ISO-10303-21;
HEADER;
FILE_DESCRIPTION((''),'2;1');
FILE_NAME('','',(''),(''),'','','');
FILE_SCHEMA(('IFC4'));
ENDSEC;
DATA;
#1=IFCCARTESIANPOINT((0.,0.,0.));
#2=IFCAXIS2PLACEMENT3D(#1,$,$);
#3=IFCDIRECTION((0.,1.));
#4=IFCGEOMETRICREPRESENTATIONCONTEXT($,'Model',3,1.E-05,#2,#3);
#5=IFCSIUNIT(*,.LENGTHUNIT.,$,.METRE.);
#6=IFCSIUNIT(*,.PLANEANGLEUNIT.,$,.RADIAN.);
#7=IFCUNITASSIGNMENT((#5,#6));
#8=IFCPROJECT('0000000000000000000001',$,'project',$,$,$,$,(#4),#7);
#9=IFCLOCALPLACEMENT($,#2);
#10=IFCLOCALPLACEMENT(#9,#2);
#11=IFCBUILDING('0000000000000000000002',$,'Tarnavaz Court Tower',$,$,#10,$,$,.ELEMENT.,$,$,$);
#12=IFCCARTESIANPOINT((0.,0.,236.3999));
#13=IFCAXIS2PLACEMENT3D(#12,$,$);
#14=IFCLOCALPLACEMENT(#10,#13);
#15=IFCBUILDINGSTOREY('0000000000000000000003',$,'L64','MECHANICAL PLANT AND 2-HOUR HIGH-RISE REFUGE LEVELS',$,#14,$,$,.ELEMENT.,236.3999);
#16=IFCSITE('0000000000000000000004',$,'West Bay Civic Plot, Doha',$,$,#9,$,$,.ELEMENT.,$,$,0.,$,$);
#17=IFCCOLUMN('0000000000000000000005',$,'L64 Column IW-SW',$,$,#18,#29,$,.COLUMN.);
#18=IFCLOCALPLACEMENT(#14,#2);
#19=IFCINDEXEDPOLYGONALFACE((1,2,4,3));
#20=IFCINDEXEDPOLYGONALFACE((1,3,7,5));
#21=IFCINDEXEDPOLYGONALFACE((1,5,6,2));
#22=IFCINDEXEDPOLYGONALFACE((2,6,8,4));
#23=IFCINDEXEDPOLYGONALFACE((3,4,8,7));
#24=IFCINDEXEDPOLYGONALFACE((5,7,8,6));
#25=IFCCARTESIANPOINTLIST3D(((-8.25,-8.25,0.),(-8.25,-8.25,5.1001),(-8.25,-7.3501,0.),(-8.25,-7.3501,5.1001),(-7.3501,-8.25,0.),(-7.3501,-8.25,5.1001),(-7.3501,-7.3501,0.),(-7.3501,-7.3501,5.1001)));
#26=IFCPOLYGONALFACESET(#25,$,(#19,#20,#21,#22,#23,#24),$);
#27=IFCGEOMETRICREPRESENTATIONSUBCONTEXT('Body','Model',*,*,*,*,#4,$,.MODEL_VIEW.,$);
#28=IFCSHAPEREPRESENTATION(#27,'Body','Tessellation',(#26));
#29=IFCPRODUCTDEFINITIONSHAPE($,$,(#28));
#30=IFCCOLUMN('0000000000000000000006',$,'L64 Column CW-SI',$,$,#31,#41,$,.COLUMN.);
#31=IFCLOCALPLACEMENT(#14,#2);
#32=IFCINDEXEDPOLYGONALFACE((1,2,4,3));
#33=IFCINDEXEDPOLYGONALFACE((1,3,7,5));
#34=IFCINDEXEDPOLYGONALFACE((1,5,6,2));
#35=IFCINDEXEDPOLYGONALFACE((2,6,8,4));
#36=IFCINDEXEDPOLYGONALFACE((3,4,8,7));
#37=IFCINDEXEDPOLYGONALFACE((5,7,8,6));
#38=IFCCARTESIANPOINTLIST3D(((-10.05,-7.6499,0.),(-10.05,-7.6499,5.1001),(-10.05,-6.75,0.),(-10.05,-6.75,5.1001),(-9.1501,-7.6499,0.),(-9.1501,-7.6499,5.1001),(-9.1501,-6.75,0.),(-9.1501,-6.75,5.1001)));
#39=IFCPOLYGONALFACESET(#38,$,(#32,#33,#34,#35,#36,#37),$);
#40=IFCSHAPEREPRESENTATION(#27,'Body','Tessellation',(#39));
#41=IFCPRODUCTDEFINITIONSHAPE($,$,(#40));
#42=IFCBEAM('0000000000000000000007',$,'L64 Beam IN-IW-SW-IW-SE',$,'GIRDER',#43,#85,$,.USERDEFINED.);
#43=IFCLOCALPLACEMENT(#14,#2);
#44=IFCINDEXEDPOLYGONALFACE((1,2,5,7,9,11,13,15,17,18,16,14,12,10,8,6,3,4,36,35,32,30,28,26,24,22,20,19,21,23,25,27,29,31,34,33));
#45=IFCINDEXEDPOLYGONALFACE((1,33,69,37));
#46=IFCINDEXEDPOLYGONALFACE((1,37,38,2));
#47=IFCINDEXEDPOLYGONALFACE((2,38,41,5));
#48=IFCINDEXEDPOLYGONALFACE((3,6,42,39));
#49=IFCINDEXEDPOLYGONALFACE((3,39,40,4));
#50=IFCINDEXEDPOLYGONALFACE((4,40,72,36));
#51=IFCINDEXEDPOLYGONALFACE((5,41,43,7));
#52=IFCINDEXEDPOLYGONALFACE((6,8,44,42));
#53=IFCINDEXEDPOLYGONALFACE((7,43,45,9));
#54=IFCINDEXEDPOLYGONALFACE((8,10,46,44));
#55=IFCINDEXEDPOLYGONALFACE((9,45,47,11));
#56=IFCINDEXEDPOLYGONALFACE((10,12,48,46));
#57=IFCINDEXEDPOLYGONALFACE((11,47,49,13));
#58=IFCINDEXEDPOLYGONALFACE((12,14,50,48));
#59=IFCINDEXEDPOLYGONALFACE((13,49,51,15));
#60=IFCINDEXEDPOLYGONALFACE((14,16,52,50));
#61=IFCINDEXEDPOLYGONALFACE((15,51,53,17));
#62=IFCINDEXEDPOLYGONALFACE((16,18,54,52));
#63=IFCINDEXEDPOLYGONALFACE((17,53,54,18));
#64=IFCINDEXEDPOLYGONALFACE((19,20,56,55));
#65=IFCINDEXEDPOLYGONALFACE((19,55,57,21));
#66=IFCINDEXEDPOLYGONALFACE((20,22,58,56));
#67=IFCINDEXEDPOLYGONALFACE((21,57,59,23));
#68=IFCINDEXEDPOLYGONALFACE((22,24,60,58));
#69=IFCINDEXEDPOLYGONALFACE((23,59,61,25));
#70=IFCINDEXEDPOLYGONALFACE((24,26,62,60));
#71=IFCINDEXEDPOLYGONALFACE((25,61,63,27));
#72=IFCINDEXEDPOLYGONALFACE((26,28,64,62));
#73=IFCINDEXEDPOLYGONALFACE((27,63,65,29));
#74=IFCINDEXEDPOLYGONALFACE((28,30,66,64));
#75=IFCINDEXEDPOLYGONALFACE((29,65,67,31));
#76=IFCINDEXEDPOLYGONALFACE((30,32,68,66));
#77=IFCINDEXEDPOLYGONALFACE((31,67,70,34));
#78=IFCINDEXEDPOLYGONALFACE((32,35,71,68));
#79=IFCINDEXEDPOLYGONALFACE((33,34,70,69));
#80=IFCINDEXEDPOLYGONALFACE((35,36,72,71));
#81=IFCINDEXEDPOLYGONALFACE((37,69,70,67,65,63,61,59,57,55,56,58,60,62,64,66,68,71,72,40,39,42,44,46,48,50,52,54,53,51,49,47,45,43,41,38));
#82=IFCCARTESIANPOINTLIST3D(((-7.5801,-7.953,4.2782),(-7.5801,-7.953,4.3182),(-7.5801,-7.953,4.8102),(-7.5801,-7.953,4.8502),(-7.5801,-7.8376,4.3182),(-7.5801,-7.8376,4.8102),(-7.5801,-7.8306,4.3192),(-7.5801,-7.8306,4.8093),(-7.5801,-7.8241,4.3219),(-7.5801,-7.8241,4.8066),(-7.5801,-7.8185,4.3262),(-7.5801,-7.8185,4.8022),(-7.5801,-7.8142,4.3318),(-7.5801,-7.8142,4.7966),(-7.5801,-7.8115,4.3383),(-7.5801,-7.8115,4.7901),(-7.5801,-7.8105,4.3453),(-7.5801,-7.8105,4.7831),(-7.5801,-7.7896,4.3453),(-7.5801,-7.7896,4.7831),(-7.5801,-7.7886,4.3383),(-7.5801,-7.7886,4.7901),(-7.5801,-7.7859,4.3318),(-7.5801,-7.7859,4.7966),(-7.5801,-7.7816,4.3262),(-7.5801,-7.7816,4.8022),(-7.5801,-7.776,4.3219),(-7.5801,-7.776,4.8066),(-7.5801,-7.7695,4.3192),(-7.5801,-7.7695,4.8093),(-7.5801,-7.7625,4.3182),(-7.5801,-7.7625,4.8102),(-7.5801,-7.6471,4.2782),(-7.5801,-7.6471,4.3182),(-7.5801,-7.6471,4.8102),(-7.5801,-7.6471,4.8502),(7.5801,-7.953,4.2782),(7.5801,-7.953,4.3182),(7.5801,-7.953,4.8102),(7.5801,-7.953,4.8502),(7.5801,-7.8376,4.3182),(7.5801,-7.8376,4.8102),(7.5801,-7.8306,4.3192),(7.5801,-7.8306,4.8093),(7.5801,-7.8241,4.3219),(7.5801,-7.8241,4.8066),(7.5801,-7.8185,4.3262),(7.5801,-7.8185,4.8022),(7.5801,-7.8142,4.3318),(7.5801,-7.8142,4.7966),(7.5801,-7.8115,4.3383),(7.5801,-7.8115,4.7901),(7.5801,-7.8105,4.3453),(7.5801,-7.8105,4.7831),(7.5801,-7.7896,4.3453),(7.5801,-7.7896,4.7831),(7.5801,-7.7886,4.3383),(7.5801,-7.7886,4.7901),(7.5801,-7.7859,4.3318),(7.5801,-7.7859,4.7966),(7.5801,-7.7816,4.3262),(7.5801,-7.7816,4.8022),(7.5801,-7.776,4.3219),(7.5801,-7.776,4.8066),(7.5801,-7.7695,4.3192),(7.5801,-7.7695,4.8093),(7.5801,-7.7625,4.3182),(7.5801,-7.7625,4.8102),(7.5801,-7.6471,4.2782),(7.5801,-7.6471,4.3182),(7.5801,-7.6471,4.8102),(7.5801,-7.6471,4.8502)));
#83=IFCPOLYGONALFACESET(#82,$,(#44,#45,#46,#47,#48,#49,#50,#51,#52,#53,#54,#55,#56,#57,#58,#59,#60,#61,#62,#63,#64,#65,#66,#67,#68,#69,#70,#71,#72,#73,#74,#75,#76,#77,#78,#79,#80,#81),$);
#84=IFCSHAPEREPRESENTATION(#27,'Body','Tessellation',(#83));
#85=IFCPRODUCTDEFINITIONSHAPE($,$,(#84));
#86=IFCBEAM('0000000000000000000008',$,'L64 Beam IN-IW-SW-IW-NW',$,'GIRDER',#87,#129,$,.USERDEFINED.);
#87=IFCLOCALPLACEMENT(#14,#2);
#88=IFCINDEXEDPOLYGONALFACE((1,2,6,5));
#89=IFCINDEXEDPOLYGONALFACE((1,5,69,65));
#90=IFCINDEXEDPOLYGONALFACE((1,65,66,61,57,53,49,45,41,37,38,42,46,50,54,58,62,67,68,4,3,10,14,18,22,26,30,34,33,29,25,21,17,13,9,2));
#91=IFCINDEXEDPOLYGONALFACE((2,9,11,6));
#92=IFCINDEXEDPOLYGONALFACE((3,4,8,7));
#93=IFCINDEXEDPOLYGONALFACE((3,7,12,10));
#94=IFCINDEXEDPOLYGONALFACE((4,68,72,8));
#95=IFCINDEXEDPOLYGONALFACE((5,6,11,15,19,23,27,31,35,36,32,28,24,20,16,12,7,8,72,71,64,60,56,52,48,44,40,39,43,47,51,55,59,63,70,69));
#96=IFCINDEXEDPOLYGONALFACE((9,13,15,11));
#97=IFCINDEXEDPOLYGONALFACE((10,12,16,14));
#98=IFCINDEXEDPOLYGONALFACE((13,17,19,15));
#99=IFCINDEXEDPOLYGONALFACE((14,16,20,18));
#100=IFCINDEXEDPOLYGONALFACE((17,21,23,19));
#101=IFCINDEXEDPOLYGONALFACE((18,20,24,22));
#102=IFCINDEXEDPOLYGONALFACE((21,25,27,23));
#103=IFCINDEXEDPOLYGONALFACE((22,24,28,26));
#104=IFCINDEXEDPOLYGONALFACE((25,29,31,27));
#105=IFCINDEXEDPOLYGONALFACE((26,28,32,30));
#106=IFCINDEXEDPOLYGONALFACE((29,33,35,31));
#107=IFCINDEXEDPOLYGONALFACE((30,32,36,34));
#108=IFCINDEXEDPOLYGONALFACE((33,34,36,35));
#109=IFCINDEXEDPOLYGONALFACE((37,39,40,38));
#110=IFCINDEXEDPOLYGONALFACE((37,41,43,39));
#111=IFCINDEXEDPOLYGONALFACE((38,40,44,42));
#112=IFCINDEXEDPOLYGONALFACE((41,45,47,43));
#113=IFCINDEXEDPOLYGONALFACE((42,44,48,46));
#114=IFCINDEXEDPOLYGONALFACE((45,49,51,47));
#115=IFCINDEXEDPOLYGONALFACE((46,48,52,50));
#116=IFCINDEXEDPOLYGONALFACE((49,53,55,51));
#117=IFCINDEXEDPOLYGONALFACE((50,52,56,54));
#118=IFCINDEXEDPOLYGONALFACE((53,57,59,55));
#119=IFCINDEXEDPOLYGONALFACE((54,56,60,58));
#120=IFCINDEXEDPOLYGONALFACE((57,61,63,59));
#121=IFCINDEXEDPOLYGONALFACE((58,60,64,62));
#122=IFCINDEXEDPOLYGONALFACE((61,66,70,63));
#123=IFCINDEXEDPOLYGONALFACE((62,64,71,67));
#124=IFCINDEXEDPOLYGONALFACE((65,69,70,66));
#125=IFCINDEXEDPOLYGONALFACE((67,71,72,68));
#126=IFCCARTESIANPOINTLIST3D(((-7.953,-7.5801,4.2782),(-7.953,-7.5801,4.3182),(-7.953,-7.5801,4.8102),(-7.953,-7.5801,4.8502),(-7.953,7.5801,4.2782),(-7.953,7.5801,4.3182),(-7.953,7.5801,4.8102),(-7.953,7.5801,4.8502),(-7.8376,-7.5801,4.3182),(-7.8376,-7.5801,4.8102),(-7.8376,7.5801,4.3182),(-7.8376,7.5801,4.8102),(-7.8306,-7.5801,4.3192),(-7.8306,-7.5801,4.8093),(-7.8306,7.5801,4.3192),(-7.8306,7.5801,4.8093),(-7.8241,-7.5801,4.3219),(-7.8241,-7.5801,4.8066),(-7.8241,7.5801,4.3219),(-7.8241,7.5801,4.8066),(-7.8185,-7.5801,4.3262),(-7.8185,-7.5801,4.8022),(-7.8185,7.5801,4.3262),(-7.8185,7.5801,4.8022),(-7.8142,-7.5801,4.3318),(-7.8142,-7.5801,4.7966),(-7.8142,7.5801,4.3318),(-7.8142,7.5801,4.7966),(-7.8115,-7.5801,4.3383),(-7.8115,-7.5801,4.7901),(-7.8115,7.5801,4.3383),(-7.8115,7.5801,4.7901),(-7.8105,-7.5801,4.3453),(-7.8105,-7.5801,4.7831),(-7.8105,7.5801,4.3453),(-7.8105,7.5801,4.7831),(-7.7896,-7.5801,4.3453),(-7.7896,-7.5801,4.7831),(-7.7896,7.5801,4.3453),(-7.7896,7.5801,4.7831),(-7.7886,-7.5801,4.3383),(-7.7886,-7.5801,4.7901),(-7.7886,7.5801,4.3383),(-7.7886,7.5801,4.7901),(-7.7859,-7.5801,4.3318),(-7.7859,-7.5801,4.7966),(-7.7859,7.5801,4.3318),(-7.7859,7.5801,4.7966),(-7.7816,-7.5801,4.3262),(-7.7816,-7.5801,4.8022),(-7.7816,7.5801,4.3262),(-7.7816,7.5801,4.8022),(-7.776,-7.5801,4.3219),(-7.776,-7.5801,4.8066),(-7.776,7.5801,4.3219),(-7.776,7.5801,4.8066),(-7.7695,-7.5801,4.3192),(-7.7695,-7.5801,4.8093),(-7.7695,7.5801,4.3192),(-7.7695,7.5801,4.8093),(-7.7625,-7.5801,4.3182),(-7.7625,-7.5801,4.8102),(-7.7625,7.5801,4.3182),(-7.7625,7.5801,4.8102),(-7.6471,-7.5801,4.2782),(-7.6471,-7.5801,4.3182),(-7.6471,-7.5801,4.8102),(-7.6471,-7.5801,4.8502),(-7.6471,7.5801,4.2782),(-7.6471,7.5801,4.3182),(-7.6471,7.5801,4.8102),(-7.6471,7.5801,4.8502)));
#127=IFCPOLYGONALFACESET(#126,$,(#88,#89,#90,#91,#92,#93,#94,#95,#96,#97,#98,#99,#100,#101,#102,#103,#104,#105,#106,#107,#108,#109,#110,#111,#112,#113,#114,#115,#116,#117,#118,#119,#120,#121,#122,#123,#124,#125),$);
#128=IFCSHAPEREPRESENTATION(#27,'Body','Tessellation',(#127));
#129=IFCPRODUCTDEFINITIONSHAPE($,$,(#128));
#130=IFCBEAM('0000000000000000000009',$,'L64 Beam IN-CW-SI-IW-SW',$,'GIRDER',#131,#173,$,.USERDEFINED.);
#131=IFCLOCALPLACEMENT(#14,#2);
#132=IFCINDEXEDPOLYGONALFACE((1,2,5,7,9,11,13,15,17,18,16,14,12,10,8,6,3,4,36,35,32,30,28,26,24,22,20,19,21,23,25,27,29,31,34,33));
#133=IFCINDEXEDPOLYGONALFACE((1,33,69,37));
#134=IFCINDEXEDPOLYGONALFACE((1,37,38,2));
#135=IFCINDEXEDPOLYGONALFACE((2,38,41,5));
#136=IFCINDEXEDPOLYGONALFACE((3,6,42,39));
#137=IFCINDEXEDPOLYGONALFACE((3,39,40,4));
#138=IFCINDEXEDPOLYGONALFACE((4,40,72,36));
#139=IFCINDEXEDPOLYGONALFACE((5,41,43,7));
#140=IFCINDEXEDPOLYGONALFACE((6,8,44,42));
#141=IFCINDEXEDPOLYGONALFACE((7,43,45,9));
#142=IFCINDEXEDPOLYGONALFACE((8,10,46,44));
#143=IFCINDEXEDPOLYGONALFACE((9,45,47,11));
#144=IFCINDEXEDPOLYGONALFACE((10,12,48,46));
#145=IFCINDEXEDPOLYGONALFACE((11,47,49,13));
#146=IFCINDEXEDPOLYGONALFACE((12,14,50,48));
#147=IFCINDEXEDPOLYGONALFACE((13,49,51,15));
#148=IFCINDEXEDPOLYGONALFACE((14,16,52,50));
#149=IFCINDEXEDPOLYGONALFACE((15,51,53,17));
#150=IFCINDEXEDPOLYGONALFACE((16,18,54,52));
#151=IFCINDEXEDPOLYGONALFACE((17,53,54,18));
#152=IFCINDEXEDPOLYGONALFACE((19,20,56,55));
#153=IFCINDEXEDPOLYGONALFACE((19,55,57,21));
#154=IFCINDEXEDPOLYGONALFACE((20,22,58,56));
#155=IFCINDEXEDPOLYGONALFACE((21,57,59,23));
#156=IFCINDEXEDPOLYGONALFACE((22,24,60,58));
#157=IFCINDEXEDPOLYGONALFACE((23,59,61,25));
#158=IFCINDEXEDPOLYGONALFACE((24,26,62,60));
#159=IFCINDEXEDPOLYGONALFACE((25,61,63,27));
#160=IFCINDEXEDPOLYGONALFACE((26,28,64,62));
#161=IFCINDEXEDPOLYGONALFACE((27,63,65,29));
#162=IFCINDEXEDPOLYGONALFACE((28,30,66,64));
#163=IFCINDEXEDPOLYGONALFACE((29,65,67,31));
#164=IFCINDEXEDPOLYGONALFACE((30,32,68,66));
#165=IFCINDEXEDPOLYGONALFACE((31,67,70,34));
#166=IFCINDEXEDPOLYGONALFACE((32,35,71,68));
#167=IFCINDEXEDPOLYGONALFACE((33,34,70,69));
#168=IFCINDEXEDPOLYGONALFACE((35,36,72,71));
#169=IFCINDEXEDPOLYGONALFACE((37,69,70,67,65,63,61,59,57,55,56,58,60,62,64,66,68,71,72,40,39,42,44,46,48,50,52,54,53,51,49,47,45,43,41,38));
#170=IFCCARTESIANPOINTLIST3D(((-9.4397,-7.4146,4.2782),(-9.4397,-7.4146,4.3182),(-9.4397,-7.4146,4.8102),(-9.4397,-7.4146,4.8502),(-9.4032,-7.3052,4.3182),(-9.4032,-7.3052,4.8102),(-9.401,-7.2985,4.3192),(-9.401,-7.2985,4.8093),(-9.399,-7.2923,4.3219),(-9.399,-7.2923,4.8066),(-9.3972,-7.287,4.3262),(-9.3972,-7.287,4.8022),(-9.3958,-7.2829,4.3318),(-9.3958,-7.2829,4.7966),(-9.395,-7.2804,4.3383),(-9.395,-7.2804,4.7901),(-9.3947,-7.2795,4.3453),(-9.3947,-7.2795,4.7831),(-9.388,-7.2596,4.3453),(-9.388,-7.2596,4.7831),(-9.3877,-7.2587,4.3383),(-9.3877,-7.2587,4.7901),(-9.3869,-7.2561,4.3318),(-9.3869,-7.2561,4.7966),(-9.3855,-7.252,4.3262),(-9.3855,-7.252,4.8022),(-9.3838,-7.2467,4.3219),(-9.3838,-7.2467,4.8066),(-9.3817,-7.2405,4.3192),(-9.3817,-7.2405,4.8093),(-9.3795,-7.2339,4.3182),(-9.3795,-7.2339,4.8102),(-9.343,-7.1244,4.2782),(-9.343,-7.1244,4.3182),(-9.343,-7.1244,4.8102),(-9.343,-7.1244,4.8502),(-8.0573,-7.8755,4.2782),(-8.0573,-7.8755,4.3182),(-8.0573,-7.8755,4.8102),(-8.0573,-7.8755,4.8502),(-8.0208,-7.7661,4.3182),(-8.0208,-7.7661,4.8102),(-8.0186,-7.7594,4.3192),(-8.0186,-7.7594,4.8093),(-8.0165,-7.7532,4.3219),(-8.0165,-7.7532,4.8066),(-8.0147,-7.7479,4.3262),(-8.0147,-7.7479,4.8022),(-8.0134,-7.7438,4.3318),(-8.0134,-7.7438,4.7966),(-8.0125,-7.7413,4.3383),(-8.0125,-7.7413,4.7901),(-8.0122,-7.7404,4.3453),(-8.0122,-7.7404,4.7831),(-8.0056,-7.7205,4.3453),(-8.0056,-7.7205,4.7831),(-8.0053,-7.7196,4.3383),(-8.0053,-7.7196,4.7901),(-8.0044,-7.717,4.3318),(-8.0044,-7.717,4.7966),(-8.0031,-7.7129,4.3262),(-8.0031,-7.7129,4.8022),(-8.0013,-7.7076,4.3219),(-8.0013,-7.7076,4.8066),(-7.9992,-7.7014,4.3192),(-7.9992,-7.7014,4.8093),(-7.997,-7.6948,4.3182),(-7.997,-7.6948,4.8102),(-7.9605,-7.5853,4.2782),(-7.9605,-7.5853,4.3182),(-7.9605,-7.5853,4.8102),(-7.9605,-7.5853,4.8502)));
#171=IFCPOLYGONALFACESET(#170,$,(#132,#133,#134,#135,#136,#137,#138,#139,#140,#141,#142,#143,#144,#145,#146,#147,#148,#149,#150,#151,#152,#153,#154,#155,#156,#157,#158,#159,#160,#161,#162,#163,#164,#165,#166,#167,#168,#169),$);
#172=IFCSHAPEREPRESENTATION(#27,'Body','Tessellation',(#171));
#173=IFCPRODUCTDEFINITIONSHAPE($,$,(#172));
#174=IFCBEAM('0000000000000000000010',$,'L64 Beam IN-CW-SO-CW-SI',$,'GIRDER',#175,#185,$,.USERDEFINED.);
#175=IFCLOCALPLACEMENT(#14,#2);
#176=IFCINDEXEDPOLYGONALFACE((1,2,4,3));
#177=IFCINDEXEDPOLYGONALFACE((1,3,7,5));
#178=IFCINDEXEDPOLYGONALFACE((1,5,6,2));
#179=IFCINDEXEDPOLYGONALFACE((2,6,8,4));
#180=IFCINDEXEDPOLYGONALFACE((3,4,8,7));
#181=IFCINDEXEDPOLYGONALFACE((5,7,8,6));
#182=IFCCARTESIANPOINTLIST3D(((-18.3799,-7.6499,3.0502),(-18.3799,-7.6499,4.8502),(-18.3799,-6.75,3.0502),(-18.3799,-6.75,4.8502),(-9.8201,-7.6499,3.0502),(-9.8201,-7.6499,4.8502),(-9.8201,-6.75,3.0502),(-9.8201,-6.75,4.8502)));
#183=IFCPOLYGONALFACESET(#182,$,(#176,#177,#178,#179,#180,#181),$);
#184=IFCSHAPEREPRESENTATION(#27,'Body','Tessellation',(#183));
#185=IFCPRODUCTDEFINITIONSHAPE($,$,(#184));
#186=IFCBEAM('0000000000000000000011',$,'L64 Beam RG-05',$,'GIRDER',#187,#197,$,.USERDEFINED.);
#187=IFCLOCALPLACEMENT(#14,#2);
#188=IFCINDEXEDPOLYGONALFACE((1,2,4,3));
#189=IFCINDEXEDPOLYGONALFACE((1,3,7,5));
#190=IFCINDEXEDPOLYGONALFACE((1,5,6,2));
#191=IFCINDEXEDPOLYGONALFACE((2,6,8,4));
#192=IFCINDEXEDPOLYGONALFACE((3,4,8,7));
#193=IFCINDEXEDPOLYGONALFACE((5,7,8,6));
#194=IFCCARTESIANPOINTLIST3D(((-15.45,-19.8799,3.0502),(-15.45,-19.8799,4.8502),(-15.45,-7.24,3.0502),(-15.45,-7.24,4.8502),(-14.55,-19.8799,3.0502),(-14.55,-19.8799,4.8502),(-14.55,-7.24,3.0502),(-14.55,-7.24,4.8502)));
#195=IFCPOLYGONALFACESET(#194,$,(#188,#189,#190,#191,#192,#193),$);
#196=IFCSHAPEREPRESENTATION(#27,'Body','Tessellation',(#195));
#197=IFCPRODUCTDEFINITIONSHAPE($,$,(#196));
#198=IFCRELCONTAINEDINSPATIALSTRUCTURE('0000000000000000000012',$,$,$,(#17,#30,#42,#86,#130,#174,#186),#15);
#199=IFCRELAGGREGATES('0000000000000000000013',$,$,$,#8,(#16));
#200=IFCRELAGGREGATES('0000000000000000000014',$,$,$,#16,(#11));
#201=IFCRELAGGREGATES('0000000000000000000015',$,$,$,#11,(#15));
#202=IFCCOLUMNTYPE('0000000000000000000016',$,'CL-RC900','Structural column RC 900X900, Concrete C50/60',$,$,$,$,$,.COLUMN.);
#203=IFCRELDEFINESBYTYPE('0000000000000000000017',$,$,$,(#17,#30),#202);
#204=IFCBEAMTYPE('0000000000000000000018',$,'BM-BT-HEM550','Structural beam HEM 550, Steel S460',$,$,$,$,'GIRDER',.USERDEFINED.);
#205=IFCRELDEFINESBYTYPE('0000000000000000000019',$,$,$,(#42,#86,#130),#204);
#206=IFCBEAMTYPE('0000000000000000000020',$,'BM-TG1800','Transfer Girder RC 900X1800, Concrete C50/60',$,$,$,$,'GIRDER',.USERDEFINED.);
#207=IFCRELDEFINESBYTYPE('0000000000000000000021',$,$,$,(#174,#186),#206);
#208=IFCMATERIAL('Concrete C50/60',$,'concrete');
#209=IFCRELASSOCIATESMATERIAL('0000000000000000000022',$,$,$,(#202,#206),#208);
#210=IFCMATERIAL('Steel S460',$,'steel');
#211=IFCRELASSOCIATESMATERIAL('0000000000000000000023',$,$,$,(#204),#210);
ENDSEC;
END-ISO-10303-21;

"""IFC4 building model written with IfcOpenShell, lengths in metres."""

from ifc_helpers import new_model, si_unit, direction, frame, origin, origin_2d, place, context, subcontext, project, spatial, rectangle, i_section, extrude, material, material_profile, profile_set, type_object, element, save


model = new_model("IFC4")

# Units and contexts
model_context = context("Model", 3, precision=1e-05, world=origin(), true_north=direction((0.0, 1.0)))
body_context = subcontext(model_context, "Body", "Model", "MODEL_VIEW")
ifc_project = project(units=[si_unit("LENGTHUNIT", "METRE"), si_unit("PLANEANGLEUNIT", "RADIAN")], contexts=[model_context])

# Site, building, storey
site_placement = place(None, origin())
site = spatial("IfcSite", under=ifc_project, at=site_placement, Name="West Bay Civic Plot, Doha", CompositionType="ELEMENT", RefElevation=0.0)
building_placement = place(site_placement, origin())
building = spatial("IfcBuilding", under=site, at=building_placement, Name="Tarnavaz Court Tower", CompositionType="ELEMENT")
storey_placement = place(building_placement, frame((0.0, 0.0, 236.3999)))
storey = spatial("IfcBuildingStorey", under=building, at=storey_placement, Name="L64", Description="MECHANICAL PLANT AND 2-HOUR HIGH-RISE REFUGE LEVELS", CompositionType="ELEMENT", Elevation=236.3999)

# Columns
ifc_material_1 = material(Name="Concrete C50/60", Category="concrete")
ifc_material_profile_1 = material_profile(ifc_material_1, rectangle(XDim=0.8999, YDim=0.8999, at=origin_2d()), Name="RC 900X900")
ifc_profile_set_1 = profile_set([ifc_material_profile_1], Name="Concrete C50/60")
column_type = type_object("IfcColumnType", Name="CL-RC900", Description="Structural column RC 900X900, Concrete C50/60", PredefinedType="COLUMN", material=ifc_profile_set_1)
for number, where, z_axis, x_axis, name in (
    (1, (-7.8, -7.8, 0.0), (0.0, 0.0, 1.0), (1.0, 0.0, 0.0), "L64 Column IW-SW"),
    (2, (-9.6001, -7.2, 0.0), (0.0, 0.0, 1.0), (1.0, 0.0, 0.0), "L64 Column CW-SI"),
):
    element("IfcColumn", number, at=place(storey_placement, frame(where, z_axis=z_axis, x_axis=x_axis)), inside=storey, type_object=column_type, Name=name, PredefinedType="COLUMN", context=body_context, shape_type="SweptSolid", body=[
        extrude(rectangle(XDim=0.8999, YDim=0.8999, at=origin_2d()), origin(), (0.0, 0.0, 1.0), 5.1001),
    ])

# Beams
ifc_material_2 = material(Name="Steel S460", Category="steel")
ifc_material_profile_2 = material_profile(ifc_material_2, i_section(OverallWidth=0.3059, OverallDepth=0.572, WebThickness=0.021, FlangeThickness=0.04, FilletRadius=0.0271, at=origin_2d()), Name="HEM 550")
ifc_profile_set_2 = profile_set([ifc_material_profile_2], Name="Steel S460")
beam_type_1 = type_object("IfcBeamType", Name="BM-BT-HEM550", Description="Structural beam HEM 550, Steel S460", ElementType="GIRDER", PredefinedType="USERDEFINED", material=ifc_profile_set_2)
for number, where, z_axis, x_axis, name in (
    (3, (-7.5801, -7.8, 4.5642), (1.0, 0.0, 0.0), (0.0, 1.0, 0.0), "L64 Beam IN-IW-SW-IW-SE"),
    (4, (-7.8, -7.5801, 4.5642), (0.0, 1.0, 0.0), (-1.0, 0.0, 0.0), "L64 Beam IN-IW-SW-IW-NW"),
):
    element("IfcBeam", number, at=place(storey_placement, frame(where, z_axis=z_axis, x_axis=x_axis)), inside=storey, type_object=beam_type_1, Name=name, ObjectType="GIRDER", PredefinedType="USERDEFINED", context=body_context, shape_type="SweptSolid", body=[
        extrude(i_section(OverallWidth=0.3059, OverallDepth=0.572, WebThickness=0.021, FlangeThickness=0.04, FilletRadius=0.0271, at=origin_2d()), origin(), (0.0, 0.0, 1.0), 15.1602),
    ])
beam_1_placement = place(storey_placement, frame((-9.3914, -7.2695, 4.5642), z_axis=(0.948667, -0.316278, 0.0), x_axis=(0.316278, 0.948667, 0.0)))
element("IfcBeam", 5, at=beam_1_placement, inside=storey, type_object=beam_type_1, Name="L64 Beam IN-CW-SI-IW-SW", ObjectType="GIRDER", PredefinedType="USERDEFINED", context=body_context, shape_type="SweptSolid", body=[
    extrude(i_section(OverallWidth=0.3059, OverallDepth=0.572, WebThickness=0.021, FlangeThickness=0.04, FilletRadius=0.0271, at=origin_2d()), origin(), (0.0, 0.0, 1.0), 1.4573),
])
ifc_material_profile_3 = material_profile(ifc_material_1, rectangle(XDim=0.8999, YDim=1.8, at=origin_2d()), Name="RC 900X1800")
ifc_profile_set_3 = profile_set([ifc_material_profile_3], Name="Concrete C50/60")
beam_type_2 = type_object("IfcBeamType", Name="BM-TG1800", Description="Transfer Girder RC 900X1800, Concrete C50/60", ElementType="GIRDER", PredefinedType="USERDEFINED", material=ifc_profile_set_3)
beam_2_placement = place(storey_placement, frame((-18.3799, -7.2, 3.9502), z_axis=(1.0, 0.0, 0.0), x_axis=(0.0, 1.0, 0.0)))
element("IfcBeam", 6, at=beam_2_placement, inside=storey, type_object=beam_type_2, Name="L64 Beam IN-CW-SO-CW-SI", ObjectType="GIRDER", PredefinedType="USERDEFINED", context=body_context, shape_type="SweptSolid", body=[
    extrude(rectangle(XDim=0.8999, YDim=1.8, at=origin_2d()), origin(), (0.0, 0.0, 1.0), 8.5598),
])
beam_3_placement = place(storey_placement, frame((-15.0, -7.24, 3.9502), z_axis=(0.0, -1.0, 0.0), x_axis=(1.0, 0.0, 0.0)))
element("IfcBeam", 7, at=beam_3_placement, inside=storey, type_object=beam_type_2, Name="L64 Beam RG-05", ObjectType="GIRDER", PredefinedType="USERDEFINED", context=body_context, shape_type="SweptSolid", body=[
    extrude(rectangle(XDim=0.8999, YDim=1.8, at=origin_2d()), origin(), (0.0, 0.0, 1.0), 12.6399),
])

save(model, "model.ifc")
